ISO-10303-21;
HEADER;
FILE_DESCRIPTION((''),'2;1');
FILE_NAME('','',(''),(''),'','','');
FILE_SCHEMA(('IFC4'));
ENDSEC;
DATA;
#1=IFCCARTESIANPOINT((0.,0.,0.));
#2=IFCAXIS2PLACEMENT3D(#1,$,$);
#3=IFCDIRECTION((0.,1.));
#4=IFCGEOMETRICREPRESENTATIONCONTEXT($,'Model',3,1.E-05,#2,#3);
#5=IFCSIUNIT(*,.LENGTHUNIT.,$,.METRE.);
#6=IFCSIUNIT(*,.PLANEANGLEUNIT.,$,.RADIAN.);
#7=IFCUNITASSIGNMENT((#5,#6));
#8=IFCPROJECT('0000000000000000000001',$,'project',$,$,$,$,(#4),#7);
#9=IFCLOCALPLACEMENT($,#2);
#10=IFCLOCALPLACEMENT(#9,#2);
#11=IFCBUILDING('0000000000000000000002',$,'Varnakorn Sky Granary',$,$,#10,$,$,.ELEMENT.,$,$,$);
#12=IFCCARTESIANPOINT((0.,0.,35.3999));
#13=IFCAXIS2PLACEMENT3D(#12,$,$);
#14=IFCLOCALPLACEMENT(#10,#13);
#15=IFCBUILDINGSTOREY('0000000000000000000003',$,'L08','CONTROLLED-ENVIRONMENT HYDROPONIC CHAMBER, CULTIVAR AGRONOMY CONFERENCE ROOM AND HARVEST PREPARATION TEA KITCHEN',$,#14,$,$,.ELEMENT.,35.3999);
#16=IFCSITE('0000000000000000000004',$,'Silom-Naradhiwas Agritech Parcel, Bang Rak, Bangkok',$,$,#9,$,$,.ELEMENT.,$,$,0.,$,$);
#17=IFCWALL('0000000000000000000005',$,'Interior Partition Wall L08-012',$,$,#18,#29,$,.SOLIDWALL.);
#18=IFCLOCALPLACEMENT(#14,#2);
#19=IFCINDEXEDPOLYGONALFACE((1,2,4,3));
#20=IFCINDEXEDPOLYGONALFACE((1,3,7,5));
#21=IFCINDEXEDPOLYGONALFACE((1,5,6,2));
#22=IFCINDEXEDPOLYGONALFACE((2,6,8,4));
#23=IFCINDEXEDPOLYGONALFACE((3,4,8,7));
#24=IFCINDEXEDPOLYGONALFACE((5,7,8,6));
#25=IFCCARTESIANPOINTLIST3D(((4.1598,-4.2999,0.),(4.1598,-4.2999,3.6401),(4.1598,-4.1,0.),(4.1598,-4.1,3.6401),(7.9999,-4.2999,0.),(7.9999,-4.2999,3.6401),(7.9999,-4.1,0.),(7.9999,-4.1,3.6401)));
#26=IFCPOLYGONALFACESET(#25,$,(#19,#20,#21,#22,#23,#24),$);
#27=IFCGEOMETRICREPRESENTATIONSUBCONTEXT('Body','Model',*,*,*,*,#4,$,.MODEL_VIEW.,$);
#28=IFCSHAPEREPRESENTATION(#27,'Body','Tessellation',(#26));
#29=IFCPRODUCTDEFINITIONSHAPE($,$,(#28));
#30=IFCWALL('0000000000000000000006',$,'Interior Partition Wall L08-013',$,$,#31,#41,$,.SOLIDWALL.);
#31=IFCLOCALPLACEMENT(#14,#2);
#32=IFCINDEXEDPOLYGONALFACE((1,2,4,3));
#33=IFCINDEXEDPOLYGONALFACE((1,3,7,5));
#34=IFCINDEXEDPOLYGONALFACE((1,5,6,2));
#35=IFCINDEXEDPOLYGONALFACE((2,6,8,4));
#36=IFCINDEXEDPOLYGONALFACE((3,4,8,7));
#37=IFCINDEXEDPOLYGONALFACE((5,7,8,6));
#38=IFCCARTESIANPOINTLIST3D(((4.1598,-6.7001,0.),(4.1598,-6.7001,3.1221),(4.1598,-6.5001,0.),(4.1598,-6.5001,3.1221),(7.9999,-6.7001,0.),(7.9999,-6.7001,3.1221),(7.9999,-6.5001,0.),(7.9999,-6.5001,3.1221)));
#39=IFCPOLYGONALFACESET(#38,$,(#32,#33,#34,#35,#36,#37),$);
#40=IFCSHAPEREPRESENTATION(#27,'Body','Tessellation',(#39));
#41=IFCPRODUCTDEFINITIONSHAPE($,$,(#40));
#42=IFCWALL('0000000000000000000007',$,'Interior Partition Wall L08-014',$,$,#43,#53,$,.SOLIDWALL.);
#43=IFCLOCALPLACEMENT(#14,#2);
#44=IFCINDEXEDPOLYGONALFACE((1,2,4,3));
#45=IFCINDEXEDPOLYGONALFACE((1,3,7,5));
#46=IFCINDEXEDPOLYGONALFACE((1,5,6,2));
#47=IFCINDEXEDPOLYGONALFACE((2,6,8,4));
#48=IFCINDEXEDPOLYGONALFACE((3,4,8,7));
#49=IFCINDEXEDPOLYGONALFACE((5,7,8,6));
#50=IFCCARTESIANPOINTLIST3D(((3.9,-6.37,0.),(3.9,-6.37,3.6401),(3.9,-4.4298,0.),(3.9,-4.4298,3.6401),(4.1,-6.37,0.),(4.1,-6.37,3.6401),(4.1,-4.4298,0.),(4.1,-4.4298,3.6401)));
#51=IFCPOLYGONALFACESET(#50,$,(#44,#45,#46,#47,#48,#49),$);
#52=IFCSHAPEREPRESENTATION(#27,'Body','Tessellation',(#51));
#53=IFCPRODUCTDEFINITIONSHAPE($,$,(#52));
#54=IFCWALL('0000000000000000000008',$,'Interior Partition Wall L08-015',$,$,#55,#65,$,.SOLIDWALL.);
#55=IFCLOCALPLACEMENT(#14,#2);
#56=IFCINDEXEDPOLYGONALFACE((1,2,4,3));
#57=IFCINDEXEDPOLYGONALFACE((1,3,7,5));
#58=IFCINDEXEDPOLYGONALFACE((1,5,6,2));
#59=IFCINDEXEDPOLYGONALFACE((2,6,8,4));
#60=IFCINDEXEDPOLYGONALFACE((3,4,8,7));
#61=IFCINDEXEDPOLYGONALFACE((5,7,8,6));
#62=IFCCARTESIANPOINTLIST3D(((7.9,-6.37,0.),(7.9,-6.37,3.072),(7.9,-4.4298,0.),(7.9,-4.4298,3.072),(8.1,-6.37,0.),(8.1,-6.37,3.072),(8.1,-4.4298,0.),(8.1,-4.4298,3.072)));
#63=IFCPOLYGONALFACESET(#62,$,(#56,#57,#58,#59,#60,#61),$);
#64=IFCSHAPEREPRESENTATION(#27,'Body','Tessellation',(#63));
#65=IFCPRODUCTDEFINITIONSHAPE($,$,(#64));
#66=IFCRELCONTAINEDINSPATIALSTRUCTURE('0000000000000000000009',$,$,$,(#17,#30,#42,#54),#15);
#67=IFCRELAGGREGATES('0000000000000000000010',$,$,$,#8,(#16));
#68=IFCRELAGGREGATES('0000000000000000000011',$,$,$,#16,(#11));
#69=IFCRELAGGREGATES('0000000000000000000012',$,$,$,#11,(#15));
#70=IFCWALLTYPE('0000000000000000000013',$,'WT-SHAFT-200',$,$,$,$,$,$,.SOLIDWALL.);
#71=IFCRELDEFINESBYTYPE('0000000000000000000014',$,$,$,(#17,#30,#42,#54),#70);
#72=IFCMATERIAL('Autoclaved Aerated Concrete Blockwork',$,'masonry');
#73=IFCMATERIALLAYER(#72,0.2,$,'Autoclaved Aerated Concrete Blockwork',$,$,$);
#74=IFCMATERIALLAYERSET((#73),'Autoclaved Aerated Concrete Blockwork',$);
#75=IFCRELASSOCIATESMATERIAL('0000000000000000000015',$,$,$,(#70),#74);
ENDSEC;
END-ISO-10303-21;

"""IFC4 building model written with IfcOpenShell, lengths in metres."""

from ifc_helpers import new_model, si_unit, direction, frame, frame_2d, origin, place, context, subcontext, project, spatial, rectangle, extrude, material, layer, layer_set, type_object, element, save


model = new_model("IFC4")

# Units and contexts
model_context = context("Model", 3, precision=1e-05, world=origin(), true_north=direction((0.0, 1.0)))
body_context = subcontext(model_context, "Body", "Model", "MODEL_VIEW")
ifc_project = project(units=[si_unit("LENGTHUNIT", "METRE"), si_unit("PLANEANGLEUNIT", "RADIAN")], contexts=[model_context])

# Site, building, storey
site_placement = place(None, origin())
site = spatial("IfcSite", under=ifc_project, at=site_placement, Name="Silom-Naradhiwas Agritech Parcel, Bang Rak, Bangkok", CompositionType="ELEMENT", RefElevation=0.0)
building_placement = place(site_placement, origin())
building = spatial("IfcBuilding", under=site, at=building_placement, Name="Varnakorn Sky Granary", CompositionType="ELEMENT")
storey_placement = place(building_placement, frame((0.0, 0.0, 35.3999)))
storey = spatial("IfcBuildingStorey", under=building, at=storey_placement, Name="L08", Description="CONTROLLED-ENVIRONMENT HYDROPONIC CHAMBER, CULTIVAR AGRONOMY CONFERENCE ROOM AND HARVEST PREPARATION TEA KITCHEN", CompositionType="ELEMENT", Elevation=35.3999)

# Shared definitions
ifc_material_1 = material(Name="Autoclaved Aerated Concrete Blockwork", Category="masonry")

# Walls
ifc_layer_1 = layer(ifc_material_1, 0.2, Name="Autoclaved Aerated Concrete Blockwork")
ifc_layer_set_1 = layer_set([ifc_layer_1], Name="Autoclaved Aerated Concrete Blockwork")
wall_type_1 = type_object("IfcWallType", Name="WT-SHAFT-200", PredefinedType="SOLIDWALL", material=ifc_layer_set_1)
wall_1_placement = place(storey_placement, frame((4.1599, -4.2, 0.0), z_axis=(0.0, 0.0, 1.0), x_axis=(1.0, 0.0, 0.0)))
element("IfcWall", 1, at=wall_1_placement, inside=storey, type_object=wall_type_1, Name="Interior Partition Wall L08-012", PredefinedType="SOLIDWALL", context=body_context, shape_type="SweptSolid", body=[
    extrude(rectangle(XDim=3.8401, YDim=0.2, at=frame_2d((1.9199, 0.0))), origin(), (0.0, 0.0, 1.0), 3.6401),
])
wall_2_placement = place(storey_placement, frame((4.1599, -6.6001, 0.0), z_axis=(0.0, 0.0, 1.0), x_axis=(1.0, 0.0, 0.0)))
element("IfcWall", 2, at=wall_2_placement, inside=storey, type_object=wall_type_1, Name="Interior Partition Wall L08-013", PredefinedType="SOLIDWALL", context=body_context, shape_type="SweptSolid", body=[
    extrude(rectangle(XDim=3.8401, YDim=0.2, at=frame_2d((1.9199, 0.0))), origin(), (0.0, 0.0, 1.0), 3.1221),
])
wall_3_placement = place(storey_placement, frame((4.0, -6.3701, 0.0), z_axis=(0.0, 0.0, 1.0), x_axis=(0.0, 1.0, 0.0)))
element("IfcWall", 3, at=wall_3_placement, inside=storey, type_object=wall_type_1, Name="Interior Partition Wall L08-014", PredefinedType="SOLIDWALL", context=body_context, shape_type="SweptSolid", body=[
    extrude(rectangle(XDim=1.9402, YDim=0.2, at=frame_2d((0.9702, 0.0))), origin(), (0.0, 0.0, 1.0), 3.6401),
])
wall_4_placement = place(storey_placement, frame((8.0, -6.3701, 0.0), z_axis=(0.0, 0.0, 1.0), x_axis=(0.0, 1.0, 0.0)))
element("IfcWall", 4, at=wall_4_placement, inside=storey, type_object=wall_type_1, Name="Interior Partition Wall L08-015", PredefinedType="SOLIDWALL", context=body_context, shape_type="SweptSolid", body=[
    extrude(rectangle(XDim=1.9402, YDim=0.2, at=frame_2d((0.9702, 0.0))), origin(), (0.0, 0.0, 1.0), 3.072),
])

save(model, "model.ifc")
